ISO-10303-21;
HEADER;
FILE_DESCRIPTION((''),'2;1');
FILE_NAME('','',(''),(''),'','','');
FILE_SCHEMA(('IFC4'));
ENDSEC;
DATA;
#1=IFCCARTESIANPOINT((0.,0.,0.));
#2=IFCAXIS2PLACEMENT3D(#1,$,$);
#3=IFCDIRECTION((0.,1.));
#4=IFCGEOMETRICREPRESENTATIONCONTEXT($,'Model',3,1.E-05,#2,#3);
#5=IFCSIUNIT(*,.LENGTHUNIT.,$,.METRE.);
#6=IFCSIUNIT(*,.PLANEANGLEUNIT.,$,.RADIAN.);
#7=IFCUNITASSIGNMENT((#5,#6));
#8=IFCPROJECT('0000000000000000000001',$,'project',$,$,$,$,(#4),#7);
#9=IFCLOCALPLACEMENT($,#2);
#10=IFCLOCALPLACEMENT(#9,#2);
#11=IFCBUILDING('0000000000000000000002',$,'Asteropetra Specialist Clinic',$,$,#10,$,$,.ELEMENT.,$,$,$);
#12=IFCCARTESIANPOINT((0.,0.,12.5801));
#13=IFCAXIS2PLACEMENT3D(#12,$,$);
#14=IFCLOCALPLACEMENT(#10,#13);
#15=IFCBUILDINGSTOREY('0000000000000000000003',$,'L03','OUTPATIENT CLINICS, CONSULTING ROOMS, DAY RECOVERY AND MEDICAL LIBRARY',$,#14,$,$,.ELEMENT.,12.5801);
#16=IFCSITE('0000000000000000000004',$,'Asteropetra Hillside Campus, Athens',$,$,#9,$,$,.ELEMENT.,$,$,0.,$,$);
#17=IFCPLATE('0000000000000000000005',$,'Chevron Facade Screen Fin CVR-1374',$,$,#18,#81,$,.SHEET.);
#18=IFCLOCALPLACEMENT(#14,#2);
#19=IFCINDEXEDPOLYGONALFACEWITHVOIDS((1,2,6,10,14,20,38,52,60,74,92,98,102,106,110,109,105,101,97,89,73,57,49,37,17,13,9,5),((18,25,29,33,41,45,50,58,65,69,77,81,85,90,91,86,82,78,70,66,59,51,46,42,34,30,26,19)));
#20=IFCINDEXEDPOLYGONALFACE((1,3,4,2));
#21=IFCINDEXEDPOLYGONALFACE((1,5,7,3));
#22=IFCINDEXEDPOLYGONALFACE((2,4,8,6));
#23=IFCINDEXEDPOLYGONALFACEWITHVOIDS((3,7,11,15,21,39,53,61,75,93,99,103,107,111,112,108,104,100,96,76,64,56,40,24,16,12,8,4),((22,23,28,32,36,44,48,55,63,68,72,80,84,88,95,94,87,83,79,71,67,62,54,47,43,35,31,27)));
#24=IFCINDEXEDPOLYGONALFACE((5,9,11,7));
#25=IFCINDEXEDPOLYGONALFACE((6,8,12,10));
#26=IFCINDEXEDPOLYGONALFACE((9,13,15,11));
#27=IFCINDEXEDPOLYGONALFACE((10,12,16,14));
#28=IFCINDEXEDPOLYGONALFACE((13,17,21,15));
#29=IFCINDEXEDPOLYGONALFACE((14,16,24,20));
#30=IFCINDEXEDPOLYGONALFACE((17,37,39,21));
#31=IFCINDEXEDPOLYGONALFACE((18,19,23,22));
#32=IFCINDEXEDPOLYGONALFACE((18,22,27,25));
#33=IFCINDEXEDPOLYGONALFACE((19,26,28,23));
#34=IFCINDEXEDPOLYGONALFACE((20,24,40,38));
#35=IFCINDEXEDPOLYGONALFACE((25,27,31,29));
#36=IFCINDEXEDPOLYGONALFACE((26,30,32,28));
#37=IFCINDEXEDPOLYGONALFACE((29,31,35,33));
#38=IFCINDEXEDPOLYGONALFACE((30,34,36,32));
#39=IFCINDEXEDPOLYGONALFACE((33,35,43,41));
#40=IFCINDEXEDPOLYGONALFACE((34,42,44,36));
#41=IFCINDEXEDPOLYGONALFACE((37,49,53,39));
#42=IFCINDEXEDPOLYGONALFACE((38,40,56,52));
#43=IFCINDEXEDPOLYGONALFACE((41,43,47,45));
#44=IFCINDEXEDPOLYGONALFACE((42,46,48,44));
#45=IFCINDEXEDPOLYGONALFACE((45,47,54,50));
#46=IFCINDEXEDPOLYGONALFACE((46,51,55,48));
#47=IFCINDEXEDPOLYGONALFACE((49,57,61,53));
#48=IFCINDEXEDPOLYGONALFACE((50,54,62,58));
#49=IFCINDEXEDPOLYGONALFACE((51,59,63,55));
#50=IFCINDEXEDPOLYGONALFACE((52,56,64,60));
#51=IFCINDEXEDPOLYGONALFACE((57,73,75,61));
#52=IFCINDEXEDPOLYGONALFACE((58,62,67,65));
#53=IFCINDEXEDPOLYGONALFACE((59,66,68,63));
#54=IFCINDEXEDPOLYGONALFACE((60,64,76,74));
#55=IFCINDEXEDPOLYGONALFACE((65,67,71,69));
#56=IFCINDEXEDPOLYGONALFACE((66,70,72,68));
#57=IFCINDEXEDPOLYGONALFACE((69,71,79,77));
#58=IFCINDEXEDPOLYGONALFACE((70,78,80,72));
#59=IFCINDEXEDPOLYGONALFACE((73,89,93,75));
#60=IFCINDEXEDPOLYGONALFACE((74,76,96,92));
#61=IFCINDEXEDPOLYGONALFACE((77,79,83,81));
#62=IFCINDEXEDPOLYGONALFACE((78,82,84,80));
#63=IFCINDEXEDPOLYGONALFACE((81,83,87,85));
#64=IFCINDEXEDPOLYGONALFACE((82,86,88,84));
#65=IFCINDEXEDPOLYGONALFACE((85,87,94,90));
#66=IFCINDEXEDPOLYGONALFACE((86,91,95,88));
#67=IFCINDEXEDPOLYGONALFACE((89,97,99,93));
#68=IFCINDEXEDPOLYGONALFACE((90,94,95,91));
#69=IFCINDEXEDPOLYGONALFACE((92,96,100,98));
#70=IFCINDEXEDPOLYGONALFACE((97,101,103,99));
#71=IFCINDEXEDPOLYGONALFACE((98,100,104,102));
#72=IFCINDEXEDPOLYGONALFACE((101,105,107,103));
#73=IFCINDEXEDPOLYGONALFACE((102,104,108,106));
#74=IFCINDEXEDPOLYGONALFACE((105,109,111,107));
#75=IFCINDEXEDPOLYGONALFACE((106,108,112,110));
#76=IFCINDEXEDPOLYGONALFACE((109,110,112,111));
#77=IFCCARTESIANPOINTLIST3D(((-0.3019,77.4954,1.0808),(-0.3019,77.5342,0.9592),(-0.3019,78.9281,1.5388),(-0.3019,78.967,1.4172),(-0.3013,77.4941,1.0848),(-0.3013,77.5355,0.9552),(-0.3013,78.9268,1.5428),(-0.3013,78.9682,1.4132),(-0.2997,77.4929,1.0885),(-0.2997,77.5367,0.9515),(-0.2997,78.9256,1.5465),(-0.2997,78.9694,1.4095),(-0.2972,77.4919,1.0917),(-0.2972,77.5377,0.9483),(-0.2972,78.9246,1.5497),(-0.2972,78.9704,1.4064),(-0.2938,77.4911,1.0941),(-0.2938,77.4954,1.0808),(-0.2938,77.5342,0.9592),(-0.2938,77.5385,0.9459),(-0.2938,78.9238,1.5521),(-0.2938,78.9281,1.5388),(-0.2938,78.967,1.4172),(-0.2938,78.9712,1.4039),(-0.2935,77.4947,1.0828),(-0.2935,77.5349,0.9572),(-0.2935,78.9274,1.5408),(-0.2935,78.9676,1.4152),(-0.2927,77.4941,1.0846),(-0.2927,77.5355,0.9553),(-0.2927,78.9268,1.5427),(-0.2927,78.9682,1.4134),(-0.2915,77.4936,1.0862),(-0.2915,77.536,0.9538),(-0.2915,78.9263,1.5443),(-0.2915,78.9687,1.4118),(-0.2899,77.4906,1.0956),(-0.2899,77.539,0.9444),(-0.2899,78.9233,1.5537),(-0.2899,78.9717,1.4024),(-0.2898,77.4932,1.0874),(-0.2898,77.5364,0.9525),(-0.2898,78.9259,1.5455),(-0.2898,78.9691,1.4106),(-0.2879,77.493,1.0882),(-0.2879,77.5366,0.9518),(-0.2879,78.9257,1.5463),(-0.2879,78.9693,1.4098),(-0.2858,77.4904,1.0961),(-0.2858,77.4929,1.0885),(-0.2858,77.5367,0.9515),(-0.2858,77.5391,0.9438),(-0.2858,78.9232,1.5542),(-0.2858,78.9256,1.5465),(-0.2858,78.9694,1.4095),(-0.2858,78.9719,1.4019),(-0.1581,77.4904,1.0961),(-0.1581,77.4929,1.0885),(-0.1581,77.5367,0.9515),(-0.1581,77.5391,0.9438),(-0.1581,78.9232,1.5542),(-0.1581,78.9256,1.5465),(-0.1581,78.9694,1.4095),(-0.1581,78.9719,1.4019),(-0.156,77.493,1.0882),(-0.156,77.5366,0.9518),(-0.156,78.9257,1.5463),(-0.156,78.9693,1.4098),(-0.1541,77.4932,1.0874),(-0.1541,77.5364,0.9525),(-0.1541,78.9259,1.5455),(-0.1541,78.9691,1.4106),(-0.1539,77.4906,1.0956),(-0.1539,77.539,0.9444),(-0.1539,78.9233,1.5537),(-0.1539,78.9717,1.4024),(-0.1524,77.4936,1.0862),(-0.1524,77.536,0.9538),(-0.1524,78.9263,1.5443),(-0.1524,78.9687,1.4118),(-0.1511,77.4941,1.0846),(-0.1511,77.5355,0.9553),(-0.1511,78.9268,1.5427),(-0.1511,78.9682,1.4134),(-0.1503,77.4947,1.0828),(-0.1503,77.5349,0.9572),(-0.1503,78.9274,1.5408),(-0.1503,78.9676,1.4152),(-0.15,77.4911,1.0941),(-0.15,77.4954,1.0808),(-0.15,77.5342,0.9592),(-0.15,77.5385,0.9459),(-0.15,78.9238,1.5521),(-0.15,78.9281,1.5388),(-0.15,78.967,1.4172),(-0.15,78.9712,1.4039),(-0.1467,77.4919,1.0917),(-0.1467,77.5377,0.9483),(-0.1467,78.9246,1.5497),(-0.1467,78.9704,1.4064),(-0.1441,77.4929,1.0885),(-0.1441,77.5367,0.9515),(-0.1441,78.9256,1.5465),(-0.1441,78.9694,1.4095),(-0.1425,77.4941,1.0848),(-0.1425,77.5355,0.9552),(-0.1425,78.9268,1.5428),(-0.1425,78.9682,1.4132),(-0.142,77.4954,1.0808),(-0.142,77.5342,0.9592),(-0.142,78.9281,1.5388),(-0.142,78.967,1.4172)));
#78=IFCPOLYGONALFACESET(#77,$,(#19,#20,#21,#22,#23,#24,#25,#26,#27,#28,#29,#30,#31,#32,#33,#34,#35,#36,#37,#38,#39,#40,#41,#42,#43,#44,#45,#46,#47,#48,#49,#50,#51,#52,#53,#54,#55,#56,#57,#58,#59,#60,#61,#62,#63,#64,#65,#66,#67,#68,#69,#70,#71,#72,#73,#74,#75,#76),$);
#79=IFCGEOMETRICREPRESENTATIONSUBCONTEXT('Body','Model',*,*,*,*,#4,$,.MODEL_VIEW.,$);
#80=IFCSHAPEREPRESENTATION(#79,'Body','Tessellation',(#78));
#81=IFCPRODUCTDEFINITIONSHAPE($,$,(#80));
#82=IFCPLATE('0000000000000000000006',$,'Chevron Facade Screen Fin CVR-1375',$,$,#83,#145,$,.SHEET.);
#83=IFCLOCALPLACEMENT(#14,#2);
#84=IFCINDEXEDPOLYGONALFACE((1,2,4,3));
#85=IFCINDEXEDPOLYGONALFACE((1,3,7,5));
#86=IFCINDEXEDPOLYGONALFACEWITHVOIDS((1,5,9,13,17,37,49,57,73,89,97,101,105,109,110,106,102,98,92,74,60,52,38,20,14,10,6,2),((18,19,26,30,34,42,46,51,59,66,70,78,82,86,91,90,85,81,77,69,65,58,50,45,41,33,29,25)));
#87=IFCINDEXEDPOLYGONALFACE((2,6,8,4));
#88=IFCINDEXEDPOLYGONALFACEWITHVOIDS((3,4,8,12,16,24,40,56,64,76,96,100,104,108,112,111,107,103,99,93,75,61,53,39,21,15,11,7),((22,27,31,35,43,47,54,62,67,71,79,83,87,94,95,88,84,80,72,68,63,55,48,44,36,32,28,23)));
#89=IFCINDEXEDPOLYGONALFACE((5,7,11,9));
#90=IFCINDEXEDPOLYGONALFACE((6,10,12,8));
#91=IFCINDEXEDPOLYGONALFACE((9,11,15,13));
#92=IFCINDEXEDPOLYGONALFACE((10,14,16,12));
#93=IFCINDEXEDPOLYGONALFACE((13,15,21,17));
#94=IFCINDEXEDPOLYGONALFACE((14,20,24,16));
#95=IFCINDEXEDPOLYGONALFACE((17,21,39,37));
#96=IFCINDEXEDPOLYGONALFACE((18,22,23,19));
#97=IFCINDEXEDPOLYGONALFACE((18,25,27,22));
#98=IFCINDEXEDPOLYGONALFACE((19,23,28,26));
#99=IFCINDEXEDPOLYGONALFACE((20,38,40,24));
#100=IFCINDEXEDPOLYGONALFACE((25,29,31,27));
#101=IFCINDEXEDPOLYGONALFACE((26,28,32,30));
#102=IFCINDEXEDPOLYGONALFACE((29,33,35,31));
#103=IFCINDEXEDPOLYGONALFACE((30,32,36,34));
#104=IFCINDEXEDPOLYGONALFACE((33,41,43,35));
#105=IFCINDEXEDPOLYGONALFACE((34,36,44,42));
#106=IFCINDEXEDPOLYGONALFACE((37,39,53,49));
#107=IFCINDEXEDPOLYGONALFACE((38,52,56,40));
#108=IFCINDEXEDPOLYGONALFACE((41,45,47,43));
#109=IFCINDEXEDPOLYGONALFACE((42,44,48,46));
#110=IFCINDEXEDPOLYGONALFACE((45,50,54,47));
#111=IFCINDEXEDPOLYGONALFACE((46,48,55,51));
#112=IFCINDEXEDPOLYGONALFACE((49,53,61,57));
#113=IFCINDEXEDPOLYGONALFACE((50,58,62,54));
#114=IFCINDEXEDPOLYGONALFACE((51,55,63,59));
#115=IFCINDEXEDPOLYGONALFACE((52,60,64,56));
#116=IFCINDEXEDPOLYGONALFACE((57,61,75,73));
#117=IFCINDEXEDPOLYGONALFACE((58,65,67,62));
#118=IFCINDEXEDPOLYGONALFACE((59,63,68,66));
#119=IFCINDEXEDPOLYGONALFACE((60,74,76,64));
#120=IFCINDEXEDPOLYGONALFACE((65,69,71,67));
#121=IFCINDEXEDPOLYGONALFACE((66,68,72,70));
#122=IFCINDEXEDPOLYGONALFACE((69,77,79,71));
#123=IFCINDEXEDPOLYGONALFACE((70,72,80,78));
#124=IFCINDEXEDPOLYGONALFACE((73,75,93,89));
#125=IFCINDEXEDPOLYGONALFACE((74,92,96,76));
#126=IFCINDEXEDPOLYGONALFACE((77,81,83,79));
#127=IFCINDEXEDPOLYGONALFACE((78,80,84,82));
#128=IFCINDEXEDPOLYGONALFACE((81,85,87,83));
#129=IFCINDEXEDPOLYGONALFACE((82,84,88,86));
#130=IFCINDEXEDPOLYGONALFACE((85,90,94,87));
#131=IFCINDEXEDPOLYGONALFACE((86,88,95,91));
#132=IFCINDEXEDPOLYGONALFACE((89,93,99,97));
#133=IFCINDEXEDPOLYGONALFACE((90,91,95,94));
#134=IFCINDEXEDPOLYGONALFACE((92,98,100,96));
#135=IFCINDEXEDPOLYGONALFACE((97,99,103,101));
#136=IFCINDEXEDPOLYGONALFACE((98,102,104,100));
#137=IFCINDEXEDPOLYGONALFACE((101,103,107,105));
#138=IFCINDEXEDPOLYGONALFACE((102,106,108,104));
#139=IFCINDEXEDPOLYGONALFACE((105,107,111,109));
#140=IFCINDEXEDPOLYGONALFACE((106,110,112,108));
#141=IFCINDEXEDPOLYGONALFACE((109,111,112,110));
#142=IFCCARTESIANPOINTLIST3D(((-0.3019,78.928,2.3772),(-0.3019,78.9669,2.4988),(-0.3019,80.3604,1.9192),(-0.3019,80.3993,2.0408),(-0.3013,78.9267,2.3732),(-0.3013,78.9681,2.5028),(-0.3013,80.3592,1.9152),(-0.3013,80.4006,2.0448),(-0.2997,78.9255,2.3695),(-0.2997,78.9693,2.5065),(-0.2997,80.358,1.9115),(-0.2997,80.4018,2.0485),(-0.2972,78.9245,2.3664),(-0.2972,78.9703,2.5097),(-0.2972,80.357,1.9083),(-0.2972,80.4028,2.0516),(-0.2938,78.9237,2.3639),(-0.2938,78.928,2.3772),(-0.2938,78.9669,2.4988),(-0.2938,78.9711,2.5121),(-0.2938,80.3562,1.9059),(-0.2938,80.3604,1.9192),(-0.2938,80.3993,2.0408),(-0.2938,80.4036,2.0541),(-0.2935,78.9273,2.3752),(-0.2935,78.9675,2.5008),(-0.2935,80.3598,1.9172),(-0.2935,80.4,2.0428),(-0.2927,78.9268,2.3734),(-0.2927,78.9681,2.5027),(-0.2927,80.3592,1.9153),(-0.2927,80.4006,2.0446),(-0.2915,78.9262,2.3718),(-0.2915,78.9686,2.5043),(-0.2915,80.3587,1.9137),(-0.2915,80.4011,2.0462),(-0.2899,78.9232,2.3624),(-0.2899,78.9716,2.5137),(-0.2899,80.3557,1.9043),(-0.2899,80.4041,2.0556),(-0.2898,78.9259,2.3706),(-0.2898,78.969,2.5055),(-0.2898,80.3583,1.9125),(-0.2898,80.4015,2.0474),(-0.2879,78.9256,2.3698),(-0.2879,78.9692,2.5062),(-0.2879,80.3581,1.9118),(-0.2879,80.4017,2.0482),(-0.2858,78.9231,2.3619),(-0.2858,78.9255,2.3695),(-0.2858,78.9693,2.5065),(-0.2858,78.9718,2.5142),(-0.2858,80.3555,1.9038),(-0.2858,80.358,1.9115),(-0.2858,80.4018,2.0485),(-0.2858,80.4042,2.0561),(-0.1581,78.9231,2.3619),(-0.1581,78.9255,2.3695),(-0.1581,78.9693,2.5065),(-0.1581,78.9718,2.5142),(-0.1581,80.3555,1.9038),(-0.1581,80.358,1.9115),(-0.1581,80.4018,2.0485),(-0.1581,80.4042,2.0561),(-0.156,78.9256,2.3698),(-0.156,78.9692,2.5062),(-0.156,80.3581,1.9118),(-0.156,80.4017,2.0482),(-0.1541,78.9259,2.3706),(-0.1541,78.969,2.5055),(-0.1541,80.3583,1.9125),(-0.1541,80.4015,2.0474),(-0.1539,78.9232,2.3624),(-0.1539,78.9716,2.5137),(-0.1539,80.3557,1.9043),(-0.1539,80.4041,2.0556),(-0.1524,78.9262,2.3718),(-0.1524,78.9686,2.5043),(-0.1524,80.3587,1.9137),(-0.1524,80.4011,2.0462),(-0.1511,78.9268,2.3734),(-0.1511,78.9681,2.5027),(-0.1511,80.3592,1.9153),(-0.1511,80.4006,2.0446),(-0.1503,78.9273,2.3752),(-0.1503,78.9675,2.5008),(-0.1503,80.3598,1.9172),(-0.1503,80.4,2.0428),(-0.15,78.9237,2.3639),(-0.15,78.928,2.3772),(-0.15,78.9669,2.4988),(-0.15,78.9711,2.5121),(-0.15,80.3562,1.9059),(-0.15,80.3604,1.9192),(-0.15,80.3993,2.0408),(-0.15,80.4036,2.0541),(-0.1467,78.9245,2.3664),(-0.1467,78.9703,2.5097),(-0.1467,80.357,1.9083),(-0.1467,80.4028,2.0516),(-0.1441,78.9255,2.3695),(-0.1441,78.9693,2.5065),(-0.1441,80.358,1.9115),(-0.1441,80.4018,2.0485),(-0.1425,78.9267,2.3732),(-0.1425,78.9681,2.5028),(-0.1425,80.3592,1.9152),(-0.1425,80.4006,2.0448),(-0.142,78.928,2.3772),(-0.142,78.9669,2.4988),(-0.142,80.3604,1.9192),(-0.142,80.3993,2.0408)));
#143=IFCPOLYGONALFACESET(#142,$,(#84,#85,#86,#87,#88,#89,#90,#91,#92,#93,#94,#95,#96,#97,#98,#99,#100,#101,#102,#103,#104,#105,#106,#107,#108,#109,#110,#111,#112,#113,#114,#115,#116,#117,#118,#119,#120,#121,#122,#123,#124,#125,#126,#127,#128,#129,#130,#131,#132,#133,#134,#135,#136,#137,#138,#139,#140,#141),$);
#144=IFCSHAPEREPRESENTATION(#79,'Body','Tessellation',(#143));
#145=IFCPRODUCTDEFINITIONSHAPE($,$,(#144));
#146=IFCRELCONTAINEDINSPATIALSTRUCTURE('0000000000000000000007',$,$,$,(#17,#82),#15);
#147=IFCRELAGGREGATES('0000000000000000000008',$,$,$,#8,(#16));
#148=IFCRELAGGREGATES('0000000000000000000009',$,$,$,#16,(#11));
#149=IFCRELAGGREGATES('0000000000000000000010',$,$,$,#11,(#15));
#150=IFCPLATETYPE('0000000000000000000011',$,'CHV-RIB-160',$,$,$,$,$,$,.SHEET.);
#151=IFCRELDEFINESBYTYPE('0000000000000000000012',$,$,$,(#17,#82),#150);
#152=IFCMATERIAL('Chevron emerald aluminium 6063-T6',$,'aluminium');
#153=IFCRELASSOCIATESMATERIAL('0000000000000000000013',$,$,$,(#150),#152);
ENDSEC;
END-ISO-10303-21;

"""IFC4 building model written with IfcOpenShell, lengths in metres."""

from ifc_helpers import new_model, si_unit, direction, frame, origin, origin_2d, place, context, subcontext, project, spatial, hollow_rectangle, extrude, material, material_profile, profile_set, type_object, element, save


model = new_model("IFC4")

# Units and contexts
model_context = context("Model", 3, precision=1e-05, world=origin(), true_north=direction((0.0, 1.0)))
body_context = subcontext(model_context, "Body", "Model", "MODEL_VIEW")
ifc_project = project(units=[si_unit("LENGTHUNIT", "METRE"), si_unit("PLANEANGLEUNIT", "RADIAN")], contexts=[model_context])

# Site, building, storey
site_placement = place(None, origin())
site = spatial("IfcSite", under=ifc_project, at=site_placement, Name="Asteropetra Hillside Campus, Athens", CompositionType="ELEMENT", RefElevation=0.0)
building_placement = place(site_placement, origin())
building = spatial("IfcBuilding", under=site, at=building_placement, Name="Asteropetra Specialist Clinic", CompositionType="ELEMENT")
storey_placement = place(building_placement, frame((0.0, 0.0, 12.5801)))
storey = spatial("IfcBuildingStorey", under=building, at=storey_placement, Name="L03", Description="OUTPATIENT CLINICS, CONSULTING ROOMS, DAY RECOVERY AND MEDICAL LIBRARY", CompositionType="ELEMENT", Elevation=12.5801)

# Plates
ifc_material_1 = material(Name="Chevron emerald aluminium 6063-T6", Category="aluminium")
ifc_material_profile_1 = material_profile(ifc_material_1, hollow_rectangle(XDim=0.1599, YDim=0.1599, WallThickness=0.0081, InnerFilletRadius=0.0081, OuterFilletRadius=0.0161, at=origin_2d()), Name="SHS 160x160x8.0")
ifc_profile_set_1 = profile_set([ifc_material_profile_1], Name="Chevron emerald aluminium 6063-T6")
plate_type_1 = type_object("IfcPlateType", Name="CHV-RIB-160", PredefinedType="SHEET", material=ifc_profile_set_1)
plate_1_placement = place(storey_placement, frame((-0.2219, 78.9475, 1.478), z_axis=(0.0, -0.952507, -0.304517), x_axis=(1.0, 0.0, 0.0)))
element("IfcPlate", 1, at=plate_1_placement, inside=storey, type_object=plate_type_1, Name="Chevron Facade Screen Fin CVR-1374", PredefinedType="SHEET", context=body_context, shape_type="SweptSolid", body=[
    extrude(hollow_rectangle(XDim=0.1599, YDim=0.1599, WallThickness=0.0081, InnerFilletRadius=0.0081, OuterFilletRadius=0.0161, at=origin_2d()), origin(), (0.0, 0.0, 1.0), 1.5042),
])
plate_2_placement = place(storey_placement, frame((-0.2219, 80.3799, 1.98), z_axis=(0.0, -0.952492, 0.304564), x_axis=(1.0, 0.0, 0.0)))
element("IfcPlate", 2, at=plate_2_placement, inside=storey, type_object=plate_type_1, Name="Chevron Facade Screen Fin CVR-1375", PredefinedType="SHEET", context=body_context, shape_type="SweptSolid", body=[
    extrude(hollow_rectangle(XDim=0.1599, YDim=0.1599, WallThickness=0.0081, InnerFilletRadius=0.0081, OuterFilletRadius=0.0161, at=origin_2d()), origin(), (0.0, 0.0, 1.0), 1.5039),
])

save(model, "model.ifc")
